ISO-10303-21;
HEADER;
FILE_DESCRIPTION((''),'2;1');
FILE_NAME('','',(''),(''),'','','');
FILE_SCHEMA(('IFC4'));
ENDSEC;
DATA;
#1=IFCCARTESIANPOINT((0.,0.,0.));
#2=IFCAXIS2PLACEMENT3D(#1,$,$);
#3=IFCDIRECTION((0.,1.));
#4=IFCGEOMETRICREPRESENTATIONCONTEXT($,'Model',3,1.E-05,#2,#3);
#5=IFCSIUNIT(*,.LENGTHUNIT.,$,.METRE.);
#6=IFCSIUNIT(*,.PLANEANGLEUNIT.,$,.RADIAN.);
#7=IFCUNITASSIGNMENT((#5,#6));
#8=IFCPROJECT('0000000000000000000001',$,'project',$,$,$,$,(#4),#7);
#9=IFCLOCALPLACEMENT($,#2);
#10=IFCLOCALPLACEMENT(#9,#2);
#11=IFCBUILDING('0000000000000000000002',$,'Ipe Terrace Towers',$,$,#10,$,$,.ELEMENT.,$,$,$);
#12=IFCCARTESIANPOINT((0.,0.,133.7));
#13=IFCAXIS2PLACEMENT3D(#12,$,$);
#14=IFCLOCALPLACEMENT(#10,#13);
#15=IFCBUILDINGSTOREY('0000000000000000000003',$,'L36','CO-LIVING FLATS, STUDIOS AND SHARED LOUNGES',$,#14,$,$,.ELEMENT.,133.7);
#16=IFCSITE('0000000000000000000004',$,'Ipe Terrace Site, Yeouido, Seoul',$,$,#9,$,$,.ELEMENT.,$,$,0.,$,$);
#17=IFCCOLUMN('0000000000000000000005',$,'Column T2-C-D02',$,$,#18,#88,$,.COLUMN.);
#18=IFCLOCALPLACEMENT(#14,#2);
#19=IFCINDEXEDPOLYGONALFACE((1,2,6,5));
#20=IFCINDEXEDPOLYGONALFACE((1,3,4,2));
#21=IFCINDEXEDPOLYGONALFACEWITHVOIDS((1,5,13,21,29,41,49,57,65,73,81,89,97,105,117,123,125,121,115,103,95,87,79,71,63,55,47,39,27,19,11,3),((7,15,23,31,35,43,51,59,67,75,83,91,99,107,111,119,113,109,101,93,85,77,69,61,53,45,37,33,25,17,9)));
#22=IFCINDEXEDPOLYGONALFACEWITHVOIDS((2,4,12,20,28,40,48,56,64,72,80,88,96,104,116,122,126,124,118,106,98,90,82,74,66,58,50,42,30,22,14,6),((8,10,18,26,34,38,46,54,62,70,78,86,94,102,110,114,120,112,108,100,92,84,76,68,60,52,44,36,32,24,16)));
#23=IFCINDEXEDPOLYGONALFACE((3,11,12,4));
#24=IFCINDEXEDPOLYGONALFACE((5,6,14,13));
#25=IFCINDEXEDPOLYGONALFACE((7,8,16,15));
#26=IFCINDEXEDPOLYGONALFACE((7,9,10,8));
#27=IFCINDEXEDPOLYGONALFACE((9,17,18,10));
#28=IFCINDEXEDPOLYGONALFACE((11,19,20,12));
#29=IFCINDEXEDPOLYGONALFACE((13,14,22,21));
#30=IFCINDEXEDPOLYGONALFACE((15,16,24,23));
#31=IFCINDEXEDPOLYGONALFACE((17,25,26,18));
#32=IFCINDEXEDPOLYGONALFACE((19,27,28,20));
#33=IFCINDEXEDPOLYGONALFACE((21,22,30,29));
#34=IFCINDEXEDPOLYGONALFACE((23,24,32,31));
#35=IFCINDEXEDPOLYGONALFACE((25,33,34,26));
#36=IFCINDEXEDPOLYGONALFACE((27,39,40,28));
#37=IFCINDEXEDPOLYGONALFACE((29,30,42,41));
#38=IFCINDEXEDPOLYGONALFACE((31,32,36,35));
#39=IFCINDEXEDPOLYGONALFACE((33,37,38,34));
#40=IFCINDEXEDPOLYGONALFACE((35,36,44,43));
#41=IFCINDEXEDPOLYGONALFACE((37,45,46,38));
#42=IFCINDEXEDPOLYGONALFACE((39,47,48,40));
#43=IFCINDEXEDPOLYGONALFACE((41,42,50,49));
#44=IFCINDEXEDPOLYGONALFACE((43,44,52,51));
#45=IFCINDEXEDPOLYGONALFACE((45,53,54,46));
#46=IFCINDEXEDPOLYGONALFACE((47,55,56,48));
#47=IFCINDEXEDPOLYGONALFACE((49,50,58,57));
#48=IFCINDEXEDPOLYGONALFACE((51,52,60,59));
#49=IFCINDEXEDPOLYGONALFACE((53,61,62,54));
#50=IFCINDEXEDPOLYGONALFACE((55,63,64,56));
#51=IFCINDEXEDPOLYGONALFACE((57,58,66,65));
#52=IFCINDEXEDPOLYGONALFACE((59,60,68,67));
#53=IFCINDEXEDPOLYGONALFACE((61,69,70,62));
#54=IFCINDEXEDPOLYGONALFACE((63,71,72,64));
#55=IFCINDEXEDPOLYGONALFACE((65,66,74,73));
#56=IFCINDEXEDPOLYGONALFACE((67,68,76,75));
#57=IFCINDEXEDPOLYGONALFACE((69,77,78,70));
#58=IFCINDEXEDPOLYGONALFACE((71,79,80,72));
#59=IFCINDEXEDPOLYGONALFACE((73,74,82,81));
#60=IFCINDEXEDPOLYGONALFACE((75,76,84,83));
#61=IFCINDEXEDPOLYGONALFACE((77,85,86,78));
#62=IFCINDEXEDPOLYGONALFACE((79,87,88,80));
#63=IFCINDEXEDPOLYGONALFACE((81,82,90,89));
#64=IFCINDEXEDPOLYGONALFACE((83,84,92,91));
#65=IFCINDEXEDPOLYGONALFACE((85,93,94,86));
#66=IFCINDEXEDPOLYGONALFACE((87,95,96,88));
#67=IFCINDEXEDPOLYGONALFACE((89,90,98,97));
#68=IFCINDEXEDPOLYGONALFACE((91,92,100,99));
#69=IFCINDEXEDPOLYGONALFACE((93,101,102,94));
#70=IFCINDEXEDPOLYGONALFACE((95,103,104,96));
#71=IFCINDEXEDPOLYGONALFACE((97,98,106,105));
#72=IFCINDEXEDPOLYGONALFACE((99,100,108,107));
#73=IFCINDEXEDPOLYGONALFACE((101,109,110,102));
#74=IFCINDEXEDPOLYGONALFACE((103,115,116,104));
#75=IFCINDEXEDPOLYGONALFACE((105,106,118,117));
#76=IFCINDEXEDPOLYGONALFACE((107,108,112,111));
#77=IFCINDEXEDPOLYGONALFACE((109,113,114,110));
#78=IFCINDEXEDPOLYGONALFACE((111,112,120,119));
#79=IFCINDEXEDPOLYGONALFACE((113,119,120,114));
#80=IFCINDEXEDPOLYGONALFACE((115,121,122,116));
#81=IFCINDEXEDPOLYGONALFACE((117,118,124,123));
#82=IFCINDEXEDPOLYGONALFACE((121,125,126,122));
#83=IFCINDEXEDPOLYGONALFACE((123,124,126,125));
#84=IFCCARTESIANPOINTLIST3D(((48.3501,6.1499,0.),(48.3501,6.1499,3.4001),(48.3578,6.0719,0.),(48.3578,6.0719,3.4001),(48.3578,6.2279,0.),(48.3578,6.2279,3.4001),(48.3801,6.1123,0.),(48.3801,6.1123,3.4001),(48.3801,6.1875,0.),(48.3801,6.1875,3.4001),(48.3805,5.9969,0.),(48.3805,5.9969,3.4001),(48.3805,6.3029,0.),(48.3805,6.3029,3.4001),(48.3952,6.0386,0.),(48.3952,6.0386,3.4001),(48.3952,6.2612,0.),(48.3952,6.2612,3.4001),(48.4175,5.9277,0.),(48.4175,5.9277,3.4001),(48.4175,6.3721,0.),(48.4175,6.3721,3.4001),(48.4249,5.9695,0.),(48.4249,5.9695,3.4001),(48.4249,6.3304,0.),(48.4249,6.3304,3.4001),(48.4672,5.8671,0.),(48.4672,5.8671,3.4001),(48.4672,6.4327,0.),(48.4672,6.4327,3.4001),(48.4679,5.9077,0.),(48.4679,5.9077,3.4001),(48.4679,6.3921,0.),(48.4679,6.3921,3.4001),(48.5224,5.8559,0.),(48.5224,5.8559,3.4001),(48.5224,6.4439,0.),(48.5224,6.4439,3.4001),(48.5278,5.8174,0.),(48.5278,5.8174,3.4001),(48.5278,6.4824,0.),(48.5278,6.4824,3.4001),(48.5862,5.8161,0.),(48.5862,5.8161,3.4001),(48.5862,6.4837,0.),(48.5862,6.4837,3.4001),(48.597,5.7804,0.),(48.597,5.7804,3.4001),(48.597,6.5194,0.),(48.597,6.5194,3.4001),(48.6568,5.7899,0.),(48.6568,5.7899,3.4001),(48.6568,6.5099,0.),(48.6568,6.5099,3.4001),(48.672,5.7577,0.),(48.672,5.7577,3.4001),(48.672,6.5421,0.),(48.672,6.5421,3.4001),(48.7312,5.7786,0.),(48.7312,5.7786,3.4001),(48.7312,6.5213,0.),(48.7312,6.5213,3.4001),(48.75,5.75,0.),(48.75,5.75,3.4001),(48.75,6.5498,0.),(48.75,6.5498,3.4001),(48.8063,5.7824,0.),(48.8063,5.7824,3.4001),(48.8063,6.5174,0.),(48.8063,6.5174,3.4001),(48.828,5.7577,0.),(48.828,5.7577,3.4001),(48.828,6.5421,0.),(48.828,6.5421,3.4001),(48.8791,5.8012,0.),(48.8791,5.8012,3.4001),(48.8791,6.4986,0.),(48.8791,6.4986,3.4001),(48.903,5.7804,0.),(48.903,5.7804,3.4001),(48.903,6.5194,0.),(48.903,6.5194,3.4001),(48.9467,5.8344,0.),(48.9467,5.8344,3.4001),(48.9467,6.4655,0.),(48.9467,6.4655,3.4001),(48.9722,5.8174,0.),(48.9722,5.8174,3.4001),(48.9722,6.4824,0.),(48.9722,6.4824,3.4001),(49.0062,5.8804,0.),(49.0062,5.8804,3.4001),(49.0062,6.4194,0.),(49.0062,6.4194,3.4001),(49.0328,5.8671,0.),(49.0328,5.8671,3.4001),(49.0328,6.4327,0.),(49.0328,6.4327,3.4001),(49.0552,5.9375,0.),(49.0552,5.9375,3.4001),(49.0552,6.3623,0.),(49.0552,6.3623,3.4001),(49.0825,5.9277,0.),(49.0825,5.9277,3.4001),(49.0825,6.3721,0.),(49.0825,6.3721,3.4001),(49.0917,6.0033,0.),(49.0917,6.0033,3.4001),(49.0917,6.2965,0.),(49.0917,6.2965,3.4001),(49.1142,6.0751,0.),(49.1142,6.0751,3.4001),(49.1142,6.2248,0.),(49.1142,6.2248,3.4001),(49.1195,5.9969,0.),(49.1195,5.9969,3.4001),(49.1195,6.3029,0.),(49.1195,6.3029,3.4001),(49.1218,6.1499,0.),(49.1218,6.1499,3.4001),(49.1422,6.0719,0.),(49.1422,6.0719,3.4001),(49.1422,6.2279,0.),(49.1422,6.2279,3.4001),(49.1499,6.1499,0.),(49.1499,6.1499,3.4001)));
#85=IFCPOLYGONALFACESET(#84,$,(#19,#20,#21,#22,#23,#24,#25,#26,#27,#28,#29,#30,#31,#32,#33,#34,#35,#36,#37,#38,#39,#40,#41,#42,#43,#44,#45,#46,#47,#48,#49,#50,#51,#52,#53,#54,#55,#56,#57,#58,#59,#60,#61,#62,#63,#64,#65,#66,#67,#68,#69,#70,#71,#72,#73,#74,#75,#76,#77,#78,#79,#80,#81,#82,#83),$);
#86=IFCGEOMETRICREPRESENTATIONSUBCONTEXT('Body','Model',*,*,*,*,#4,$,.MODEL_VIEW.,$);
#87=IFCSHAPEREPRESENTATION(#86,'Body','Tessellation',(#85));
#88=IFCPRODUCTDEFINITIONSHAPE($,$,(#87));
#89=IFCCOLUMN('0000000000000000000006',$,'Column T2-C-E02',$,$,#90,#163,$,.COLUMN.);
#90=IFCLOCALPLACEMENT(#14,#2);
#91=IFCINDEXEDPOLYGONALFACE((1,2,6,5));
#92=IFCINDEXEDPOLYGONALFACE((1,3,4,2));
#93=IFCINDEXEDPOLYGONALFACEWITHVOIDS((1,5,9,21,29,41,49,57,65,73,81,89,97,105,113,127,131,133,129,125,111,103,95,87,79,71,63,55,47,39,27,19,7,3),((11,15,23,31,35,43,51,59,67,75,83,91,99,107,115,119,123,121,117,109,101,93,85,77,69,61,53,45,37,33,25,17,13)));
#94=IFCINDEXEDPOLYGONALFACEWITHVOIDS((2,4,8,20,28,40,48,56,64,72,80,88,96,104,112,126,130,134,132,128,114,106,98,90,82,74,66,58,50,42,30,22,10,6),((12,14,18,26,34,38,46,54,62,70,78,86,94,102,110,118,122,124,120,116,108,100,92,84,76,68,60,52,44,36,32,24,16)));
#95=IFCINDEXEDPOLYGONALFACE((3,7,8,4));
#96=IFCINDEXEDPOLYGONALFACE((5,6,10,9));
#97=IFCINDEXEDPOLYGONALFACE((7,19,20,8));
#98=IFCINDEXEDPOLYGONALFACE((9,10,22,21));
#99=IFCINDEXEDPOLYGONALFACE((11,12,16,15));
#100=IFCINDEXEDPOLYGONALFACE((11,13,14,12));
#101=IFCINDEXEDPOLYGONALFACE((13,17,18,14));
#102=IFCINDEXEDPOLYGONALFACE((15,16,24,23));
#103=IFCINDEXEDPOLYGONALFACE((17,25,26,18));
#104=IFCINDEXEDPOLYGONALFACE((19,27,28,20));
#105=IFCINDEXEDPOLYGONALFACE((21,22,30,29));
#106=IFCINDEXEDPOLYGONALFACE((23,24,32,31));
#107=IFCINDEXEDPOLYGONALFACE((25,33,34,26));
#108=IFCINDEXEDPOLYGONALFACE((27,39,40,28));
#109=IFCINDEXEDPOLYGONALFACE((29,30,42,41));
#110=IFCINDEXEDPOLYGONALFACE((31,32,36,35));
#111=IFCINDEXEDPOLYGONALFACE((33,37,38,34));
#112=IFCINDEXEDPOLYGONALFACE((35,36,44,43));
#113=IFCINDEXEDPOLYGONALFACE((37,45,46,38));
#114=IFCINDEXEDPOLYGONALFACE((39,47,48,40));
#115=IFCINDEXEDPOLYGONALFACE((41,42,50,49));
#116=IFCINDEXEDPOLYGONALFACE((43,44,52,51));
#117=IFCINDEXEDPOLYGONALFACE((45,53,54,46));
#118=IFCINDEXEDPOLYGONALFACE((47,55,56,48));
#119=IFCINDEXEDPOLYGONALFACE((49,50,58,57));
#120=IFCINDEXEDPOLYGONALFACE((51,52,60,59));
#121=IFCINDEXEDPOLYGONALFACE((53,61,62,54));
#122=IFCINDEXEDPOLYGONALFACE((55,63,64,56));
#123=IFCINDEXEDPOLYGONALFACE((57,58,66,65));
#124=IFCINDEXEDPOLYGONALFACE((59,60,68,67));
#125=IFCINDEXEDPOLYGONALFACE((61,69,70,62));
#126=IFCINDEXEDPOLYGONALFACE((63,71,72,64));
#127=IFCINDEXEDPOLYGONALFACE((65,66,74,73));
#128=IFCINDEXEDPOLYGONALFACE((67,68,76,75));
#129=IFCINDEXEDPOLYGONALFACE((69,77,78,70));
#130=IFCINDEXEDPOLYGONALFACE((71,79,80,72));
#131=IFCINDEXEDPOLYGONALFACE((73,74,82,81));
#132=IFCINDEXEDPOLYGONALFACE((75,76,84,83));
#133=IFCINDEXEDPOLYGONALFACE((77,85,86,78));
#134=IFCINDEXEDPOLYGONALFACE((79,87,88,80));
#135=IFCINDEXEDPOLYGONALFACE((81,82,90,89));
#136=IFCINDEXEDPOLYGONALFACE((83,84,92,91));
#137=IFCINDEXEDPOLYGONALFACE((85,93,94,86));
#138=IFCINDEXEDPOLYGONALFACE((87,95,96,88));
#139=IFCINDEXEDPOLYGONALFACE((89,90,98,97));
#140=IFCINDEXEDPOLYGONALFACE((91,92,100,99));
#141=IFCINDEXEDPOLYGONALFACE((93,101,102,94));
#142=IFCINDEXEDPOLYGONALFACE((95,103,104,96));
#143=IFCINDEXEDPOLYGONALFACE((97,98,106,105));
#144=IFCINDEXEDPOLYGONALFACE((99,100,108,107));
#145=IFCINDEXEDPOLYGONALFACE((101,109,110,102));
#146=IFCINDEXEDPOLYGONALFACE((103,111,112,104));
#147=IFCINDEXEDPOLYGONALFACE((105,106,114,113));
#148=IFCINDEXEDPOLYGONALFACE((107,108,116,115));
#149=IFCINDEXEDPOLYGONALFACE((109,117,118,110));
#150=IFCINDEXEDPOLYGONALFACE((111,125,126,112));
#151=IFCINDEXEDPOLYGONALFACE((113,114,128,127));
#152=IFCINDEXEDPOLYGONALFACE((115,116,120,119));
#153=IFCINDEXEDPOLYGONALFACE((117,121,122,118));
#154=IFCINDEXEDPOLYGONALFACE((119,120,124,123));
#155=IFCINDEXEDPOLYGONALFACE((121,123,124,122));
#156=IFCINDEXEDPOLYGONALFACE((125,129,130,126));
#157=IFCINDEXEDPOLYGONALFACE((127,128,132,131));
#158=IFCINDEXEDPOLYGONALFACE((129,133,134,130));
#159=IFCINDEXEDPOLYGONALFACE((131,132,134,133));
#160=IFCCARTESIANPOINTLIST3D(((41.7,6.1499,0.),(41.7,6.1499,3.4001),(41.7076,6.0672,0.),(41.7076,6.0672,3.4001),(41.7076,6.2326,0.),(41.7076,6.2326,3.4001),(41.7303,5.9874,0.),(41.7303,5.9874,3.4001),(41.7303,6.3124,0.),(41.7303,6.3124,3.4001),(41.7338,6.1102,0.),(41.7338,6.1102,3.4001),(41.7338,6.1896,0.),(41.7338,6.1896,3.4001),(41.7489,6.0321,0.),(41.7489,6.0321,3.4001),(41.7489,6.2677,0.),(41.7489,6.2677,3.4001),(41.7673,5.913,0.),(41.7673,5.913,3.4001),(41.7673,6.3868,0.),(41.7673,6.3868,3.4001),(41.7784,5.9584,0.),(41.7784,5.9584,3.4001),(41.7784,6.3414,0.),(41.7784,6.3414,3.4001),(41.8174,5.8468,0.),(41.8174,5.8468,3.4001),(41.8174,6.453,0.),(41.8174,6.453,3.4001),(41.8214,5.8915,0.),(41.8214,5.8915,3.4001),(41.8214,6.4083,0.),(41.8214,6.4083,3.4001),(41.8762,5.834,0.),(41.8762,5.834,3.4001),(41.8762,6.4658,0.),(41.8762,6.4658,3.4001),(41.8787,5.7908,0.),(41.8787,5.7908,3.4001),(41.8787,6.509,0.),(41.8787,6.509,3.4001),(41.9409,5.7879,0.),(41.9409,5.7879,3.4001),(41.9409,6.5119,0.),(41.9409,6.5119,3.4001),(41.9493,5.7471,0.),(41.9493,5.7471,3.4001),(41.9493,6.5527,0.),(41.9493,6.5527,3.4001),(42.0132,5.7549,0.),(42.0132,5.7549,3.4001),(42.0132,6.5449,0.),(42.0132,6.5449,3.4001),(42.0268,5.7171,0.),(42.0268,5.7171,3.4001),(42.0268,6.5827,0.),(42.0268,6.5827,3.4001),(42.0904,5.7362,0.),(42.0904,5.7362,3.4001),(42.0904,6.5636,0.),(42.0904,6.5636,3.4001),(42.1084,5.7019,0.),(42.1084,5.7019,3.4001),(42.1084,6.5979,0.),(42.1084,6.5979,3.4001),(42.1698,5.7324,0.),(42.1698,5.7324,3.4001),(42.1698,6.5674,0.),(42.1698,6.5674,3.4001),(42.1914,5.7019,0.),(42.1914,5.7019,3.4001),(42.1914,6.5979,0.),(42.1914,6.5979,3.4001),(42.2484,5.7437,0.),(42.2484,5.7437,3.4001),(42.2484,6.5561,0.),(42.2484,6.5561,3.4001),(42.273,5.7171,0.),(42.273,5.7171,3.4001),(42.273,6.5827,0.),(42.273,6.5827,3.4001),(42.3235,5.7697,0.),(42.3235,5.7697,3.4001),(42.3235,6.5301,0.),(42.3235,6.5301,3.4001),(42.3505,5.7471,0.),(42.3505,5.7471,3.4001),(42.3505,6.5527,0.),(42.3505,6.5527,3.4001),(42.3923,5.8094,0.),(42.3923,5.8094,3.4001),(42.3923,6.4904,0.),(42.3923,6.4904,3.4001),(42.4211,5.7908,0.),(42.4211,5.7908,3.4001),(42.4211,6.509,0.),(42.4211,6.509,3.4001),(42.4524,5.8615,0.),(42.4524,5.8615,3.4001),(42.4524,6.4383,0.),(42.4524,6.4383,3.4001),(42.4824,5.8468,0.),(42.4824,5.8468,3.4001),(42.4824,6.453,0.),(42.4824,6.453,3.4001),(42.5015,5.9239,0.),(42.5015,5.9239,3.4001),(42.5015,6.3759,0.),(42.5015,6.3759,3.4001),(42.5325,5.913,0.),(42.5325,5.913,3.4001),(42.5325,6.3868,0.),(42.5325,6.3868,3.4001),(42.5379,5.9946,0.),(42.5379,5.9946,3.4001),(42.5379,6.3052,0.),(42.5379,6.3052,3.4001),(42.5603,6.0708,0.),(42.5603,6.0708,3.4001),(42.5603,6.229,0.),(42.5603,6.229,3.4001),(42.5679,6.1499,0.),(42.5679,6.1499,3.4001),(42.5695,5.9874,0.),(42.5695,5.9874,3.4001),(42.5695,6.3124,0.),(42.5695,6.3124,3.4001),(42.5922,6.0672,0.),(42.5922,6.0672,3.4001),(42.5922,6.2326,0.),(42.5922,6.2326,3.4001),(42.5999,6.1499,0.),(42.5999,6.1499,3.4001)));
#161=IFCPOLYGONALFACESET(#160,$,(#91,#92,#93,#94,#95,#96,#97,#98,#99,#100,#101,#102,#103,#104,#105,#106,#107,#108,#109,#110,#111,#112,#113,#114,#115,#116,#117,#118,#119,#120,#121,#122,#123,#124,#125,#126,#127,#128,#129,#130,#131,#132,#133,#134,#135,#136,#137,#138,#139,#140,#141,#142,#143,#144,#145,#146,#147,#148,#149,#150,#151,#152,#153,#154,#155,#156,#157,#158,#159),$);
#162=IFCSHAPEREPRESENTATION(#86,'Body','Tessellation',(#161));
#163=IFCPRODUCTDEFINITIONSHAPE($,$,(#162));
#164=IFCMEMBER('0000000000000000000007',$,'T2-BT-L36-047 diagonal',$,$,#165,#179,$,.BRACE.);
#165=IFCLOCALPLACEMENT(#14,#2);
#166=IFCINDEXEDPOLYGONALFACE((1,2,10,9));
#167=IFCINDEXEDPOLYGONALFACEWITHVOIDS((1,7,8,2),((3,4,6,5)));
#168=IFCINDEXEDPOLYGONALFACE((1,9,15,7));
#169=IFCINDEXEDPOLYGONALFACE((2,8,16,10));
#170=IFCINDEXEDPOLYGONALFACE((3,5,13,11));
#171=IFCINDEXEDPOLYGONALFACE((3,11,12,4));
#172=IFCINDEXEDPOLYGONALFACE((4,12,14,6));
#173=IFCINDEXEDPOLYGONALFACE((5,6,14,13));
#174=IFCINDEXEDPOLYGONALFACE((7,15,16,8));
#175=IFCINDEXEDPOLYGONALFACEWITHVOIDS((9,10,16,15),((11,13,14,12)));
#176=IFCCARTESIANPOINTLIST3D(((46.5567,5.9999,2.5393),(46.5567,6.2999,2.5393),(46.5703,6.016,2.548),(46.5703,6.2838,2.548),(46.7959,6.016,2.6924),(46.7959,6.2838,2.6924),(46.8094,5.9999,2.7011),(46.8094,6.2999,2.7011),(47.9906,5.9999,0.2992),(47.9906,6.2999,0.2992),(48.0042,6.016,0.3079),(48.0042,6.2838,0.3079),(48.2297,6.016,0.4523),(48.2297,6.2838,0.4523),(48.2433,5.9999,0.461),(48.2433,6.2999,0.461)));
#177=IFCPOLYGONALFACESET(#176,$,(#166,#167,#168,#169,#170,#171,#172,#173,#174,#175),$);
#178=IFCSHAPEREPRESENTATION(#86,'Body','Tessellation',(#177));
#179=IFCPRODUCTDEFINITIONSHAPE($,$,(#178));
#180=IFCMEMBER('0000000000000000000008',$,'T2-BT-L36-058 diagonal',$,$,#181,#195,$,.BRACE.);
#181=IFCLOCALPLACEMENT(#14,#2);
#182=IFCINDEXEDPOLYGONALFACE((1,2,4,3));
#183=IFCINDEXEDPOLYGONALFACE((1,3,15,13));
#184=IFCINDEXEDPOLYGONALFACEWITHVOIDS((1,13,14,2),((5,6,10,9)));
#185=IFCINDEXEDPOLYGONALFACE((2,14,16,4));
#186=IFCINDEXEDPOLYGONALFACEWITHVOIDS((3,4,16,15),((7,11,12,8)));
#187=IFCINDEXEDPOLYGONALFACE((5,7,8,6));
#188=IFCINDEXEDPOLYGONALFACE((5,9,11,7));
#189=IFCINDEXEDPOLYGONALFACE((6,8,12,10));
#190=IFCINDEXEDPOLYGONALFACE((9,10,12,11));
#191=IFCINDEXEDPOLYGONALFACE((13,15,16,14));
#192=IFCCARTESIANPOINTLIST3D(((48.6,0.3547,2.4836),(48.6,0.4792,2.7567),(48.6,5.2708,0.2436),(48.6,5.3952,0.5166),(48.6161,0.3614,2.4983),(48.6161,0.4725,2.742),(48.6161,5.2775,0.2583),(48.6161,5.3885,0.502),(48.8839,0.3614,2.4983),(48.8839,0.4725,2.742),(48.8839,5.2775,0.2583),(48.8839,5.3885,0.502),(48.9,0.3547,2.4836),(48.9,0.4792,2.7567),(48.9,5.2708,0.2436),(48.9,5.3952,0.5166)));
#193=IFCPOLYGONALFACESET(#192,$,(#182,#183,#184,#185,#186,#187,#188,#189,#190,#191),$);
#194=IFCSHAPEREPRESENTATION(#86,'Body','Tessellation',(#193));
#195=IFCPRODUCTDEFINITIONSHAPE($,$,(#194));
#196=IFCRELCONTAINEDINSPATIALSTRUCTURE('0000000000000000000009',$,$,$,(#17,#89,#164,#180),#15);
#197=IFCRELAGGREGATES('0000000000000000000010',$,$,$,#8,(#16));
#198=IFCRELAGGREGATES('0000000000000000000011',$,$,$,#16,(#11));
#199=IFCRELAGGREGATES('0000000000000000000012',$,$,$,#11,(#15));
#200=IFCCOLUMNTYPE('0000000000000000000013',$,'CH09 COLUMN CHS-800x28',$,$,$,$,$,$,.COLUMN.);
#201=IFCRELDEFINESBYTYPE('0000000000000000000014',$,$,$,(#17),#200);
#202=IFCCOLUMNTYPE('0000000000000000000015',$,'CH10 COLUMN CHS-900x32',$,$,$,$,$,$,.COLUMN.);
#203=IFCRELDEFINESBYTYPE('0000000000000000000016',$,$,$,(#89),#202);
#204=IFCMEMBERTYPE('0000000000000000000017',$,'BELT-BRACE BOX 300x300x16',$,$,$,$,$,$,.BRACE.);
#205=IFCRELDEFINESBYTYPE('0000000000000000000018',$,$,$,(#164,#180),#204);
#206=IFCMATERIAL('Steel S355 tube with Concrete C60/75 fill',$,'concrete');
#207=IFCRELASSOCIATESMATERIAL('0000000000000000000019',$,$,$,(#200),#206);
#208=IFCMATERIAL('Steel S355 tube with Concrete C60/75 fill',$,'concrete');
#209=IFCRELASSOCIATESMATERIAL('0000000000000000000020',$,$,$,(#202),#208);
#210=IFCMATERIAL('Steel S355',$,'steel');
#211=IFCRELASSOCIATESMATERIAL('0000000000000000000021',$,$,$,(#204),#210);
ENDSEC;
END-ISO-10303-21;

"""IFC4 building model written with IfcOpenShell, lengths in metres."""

from ifc_helpers import new_model, si_unit, direction, frame, origin, origin_2d, place, context, subcontext, project, spatial, hollow_rectangle, hollow_circle, extrude, material, material_profile, profile_set, type_object, element, save


model = new_model("IFC4")

# Units and contexts
model_context = context("Model", 3, precision=1e-05, world=origin(), true_north=direction((0.0, 1.0)))
body_context = subcontext(model_context, "Body", "Model", "MODEL_VIEW")
ifc_project = project(units=[si_unit("LENGTHUNIT", "METRE"), si_unit("PLANEANGLEUNIT", "RADIAN")], contexts=[model_context])

# Site, building, storey
site_placement = place(None, origin())
site = spatial("IfcSite", under=ifc_project, at=site_placement, Name="Ipe Terrace Site, Yeouido, Seoul", CompositionType="ELEMENT", RefElevation=0.0)
building_placement = place(site_placement, origin())
building = spatial("IfcBuilding", under=site, at=building_placement, Name="Ipe Terrace Towers", CompositionType="ELEMENT")
storey_placement = place(building_placement, frame((0.0, 0.0, 133.7)))
storey = spatial("IfcBuildingStorey", under=building, at=storey_placement, Name="L36", Description="CO-LIVING FLATS, STUDIOS AND SHARED LOUNGES", CompositionType="ELEMENT", Elevation=133.7)

# Columns
ifc_material_1 = material(Name="Steel S355 tube with Concrete C60/75 fill", Category="concrete")
ifc_material_profile_1 = material_profile(ifc_material_1, hollow_circle(Radius=0.3999, WallThickness=0.0281, at=origin_2d()), Name="CHS-800x28")
ifc_profile_set_1 = profile_set([ifc_material_profile_1], Name="Steel S355 tube with Concrete C60/75 fill")
column_type_1 = type_object("IfcColumnType", Name="CH09 COLUMN CHS-800x28", PredefinedType="COLUMN", material=ifc_profile_set_1)
column_1_placement = place(storey_placement, frame((48.75, 6.1499, 0.0), z_axis=(0.0, 0.0, 1.0), x_axis=(1.0, 0.0, 0.0)))
element("IfcColumn", 1, at=column_1_placement, inside=storey, type_object=column_type_1, Name="Column T2-C-D02", PredefinedType="COLUMN", context=body_context, shape_type="SweptSolid", body=[
    extrude(hollow_circle(Radius=0.3999, WallThickness=0.0281, at=origin_2d()), origin(), (0.0, 0.0, 1.0), 3.4001),
])
ifc_material_2 = material(Name="Steel S355 tube with Concrete C60/75 fill", Category="concrete")
ifc_material_profile_2 = material_profile(ifc_material_2, hollow_circle(Radius=0.45, WallThickness=0.032, at=origin_2d()), Name="CHS-900x32")
ifc_profile_set_2 = profile_set([ifc_material_profile_2], Name="Steel S355 tube with Concrete C60/75 fill")
column_type_2 = type_object("IfcColumnType", Name="CH10 COLUMN CHS-900x32", PredefinedType="COLUMN", material=ifc_profile_set_2)
column_2_placement = place(storey_placement, frame((42.1499, 6.1499, 0.0), z_axis=(0.0, 0.0, 1.0), x_axis=(1.0, 0.0, 0.0)))
element("IfcColumn", 2, at=column_2_placement, inside=storey, type_object=column_type_2, Name="Column T2-C-E02", PredefinedType="COLUMN", context=body_context, shape_type="SweptSolid", body=[
    extrude(hollow_circle(Radius=0.45, WallThickness=0.032, at=origin_2d()), origin(), (0.0, 0.0, 1.0), 3.4001),
])

# Members
ifc_material_3 = material(Name="Steel S355", Category="steel")
ifc_material_profile_3 = material_profile(ifc_material_3, hollow_rectangle(XDim=0.3, YDim=0.3, WallThickness=0.0161, at=origin_2d()), Name="BELT-BRACE BOX 300x300x16")
ifc_profile_set_3 = profile_set([ifc_material_profile_3], Name="Steel S355")
member_type_1 = type_object("IfcMemberType", Name="BELT-BRACE BOX 300x300x16", PredefinedType="BRACE", material=ifc_profile_set_3)
member_1_placement = place(storey_placement, frame((48.1169, 6.1499, 0.3801), z_axis=(-0.539119, 0.0, 0.84223), x_axis=(0.0, -1.0, 0.0)))
element("IfcMember", 3, at=member_1_placement, inside=storey, type_object=member_type_1, Name="T2-BT-L36-047 diagonal", PredefinedType="BRACE", context=body_context, shape_type="SweptSolid", body=[
    extrude(hollow_rectangle(XDim=0.3, YDim=0.3, WallThickness=0.0161, at=origin_2d()), origin(), (0.0, 0.0, 1.0), 2.6597),
])
member_2_placement = place(storey_placement, frame((48.75, 5.333, 0.3801), z_axis=(0.0, -0.909987, 0.414637), x_axis=(1.0, 0.0, 0.0)))
element("IfcMember", 4, at=member_2_placement, inside=storey, type_object=member_type_1, Name="T2-BT-L36-058 diagonal", PredefinedType="BRACE", context=body_context, shape_type="SweptSolid", body=[
    extrude(hollow_rectangle(XDim=0.3, YDim=0.3, WallThickness=0.0161, at=origin_2d()), origin(), (0.0, 0.0, 1.0), 5.4023),
])

save(model, "model.ifc")
